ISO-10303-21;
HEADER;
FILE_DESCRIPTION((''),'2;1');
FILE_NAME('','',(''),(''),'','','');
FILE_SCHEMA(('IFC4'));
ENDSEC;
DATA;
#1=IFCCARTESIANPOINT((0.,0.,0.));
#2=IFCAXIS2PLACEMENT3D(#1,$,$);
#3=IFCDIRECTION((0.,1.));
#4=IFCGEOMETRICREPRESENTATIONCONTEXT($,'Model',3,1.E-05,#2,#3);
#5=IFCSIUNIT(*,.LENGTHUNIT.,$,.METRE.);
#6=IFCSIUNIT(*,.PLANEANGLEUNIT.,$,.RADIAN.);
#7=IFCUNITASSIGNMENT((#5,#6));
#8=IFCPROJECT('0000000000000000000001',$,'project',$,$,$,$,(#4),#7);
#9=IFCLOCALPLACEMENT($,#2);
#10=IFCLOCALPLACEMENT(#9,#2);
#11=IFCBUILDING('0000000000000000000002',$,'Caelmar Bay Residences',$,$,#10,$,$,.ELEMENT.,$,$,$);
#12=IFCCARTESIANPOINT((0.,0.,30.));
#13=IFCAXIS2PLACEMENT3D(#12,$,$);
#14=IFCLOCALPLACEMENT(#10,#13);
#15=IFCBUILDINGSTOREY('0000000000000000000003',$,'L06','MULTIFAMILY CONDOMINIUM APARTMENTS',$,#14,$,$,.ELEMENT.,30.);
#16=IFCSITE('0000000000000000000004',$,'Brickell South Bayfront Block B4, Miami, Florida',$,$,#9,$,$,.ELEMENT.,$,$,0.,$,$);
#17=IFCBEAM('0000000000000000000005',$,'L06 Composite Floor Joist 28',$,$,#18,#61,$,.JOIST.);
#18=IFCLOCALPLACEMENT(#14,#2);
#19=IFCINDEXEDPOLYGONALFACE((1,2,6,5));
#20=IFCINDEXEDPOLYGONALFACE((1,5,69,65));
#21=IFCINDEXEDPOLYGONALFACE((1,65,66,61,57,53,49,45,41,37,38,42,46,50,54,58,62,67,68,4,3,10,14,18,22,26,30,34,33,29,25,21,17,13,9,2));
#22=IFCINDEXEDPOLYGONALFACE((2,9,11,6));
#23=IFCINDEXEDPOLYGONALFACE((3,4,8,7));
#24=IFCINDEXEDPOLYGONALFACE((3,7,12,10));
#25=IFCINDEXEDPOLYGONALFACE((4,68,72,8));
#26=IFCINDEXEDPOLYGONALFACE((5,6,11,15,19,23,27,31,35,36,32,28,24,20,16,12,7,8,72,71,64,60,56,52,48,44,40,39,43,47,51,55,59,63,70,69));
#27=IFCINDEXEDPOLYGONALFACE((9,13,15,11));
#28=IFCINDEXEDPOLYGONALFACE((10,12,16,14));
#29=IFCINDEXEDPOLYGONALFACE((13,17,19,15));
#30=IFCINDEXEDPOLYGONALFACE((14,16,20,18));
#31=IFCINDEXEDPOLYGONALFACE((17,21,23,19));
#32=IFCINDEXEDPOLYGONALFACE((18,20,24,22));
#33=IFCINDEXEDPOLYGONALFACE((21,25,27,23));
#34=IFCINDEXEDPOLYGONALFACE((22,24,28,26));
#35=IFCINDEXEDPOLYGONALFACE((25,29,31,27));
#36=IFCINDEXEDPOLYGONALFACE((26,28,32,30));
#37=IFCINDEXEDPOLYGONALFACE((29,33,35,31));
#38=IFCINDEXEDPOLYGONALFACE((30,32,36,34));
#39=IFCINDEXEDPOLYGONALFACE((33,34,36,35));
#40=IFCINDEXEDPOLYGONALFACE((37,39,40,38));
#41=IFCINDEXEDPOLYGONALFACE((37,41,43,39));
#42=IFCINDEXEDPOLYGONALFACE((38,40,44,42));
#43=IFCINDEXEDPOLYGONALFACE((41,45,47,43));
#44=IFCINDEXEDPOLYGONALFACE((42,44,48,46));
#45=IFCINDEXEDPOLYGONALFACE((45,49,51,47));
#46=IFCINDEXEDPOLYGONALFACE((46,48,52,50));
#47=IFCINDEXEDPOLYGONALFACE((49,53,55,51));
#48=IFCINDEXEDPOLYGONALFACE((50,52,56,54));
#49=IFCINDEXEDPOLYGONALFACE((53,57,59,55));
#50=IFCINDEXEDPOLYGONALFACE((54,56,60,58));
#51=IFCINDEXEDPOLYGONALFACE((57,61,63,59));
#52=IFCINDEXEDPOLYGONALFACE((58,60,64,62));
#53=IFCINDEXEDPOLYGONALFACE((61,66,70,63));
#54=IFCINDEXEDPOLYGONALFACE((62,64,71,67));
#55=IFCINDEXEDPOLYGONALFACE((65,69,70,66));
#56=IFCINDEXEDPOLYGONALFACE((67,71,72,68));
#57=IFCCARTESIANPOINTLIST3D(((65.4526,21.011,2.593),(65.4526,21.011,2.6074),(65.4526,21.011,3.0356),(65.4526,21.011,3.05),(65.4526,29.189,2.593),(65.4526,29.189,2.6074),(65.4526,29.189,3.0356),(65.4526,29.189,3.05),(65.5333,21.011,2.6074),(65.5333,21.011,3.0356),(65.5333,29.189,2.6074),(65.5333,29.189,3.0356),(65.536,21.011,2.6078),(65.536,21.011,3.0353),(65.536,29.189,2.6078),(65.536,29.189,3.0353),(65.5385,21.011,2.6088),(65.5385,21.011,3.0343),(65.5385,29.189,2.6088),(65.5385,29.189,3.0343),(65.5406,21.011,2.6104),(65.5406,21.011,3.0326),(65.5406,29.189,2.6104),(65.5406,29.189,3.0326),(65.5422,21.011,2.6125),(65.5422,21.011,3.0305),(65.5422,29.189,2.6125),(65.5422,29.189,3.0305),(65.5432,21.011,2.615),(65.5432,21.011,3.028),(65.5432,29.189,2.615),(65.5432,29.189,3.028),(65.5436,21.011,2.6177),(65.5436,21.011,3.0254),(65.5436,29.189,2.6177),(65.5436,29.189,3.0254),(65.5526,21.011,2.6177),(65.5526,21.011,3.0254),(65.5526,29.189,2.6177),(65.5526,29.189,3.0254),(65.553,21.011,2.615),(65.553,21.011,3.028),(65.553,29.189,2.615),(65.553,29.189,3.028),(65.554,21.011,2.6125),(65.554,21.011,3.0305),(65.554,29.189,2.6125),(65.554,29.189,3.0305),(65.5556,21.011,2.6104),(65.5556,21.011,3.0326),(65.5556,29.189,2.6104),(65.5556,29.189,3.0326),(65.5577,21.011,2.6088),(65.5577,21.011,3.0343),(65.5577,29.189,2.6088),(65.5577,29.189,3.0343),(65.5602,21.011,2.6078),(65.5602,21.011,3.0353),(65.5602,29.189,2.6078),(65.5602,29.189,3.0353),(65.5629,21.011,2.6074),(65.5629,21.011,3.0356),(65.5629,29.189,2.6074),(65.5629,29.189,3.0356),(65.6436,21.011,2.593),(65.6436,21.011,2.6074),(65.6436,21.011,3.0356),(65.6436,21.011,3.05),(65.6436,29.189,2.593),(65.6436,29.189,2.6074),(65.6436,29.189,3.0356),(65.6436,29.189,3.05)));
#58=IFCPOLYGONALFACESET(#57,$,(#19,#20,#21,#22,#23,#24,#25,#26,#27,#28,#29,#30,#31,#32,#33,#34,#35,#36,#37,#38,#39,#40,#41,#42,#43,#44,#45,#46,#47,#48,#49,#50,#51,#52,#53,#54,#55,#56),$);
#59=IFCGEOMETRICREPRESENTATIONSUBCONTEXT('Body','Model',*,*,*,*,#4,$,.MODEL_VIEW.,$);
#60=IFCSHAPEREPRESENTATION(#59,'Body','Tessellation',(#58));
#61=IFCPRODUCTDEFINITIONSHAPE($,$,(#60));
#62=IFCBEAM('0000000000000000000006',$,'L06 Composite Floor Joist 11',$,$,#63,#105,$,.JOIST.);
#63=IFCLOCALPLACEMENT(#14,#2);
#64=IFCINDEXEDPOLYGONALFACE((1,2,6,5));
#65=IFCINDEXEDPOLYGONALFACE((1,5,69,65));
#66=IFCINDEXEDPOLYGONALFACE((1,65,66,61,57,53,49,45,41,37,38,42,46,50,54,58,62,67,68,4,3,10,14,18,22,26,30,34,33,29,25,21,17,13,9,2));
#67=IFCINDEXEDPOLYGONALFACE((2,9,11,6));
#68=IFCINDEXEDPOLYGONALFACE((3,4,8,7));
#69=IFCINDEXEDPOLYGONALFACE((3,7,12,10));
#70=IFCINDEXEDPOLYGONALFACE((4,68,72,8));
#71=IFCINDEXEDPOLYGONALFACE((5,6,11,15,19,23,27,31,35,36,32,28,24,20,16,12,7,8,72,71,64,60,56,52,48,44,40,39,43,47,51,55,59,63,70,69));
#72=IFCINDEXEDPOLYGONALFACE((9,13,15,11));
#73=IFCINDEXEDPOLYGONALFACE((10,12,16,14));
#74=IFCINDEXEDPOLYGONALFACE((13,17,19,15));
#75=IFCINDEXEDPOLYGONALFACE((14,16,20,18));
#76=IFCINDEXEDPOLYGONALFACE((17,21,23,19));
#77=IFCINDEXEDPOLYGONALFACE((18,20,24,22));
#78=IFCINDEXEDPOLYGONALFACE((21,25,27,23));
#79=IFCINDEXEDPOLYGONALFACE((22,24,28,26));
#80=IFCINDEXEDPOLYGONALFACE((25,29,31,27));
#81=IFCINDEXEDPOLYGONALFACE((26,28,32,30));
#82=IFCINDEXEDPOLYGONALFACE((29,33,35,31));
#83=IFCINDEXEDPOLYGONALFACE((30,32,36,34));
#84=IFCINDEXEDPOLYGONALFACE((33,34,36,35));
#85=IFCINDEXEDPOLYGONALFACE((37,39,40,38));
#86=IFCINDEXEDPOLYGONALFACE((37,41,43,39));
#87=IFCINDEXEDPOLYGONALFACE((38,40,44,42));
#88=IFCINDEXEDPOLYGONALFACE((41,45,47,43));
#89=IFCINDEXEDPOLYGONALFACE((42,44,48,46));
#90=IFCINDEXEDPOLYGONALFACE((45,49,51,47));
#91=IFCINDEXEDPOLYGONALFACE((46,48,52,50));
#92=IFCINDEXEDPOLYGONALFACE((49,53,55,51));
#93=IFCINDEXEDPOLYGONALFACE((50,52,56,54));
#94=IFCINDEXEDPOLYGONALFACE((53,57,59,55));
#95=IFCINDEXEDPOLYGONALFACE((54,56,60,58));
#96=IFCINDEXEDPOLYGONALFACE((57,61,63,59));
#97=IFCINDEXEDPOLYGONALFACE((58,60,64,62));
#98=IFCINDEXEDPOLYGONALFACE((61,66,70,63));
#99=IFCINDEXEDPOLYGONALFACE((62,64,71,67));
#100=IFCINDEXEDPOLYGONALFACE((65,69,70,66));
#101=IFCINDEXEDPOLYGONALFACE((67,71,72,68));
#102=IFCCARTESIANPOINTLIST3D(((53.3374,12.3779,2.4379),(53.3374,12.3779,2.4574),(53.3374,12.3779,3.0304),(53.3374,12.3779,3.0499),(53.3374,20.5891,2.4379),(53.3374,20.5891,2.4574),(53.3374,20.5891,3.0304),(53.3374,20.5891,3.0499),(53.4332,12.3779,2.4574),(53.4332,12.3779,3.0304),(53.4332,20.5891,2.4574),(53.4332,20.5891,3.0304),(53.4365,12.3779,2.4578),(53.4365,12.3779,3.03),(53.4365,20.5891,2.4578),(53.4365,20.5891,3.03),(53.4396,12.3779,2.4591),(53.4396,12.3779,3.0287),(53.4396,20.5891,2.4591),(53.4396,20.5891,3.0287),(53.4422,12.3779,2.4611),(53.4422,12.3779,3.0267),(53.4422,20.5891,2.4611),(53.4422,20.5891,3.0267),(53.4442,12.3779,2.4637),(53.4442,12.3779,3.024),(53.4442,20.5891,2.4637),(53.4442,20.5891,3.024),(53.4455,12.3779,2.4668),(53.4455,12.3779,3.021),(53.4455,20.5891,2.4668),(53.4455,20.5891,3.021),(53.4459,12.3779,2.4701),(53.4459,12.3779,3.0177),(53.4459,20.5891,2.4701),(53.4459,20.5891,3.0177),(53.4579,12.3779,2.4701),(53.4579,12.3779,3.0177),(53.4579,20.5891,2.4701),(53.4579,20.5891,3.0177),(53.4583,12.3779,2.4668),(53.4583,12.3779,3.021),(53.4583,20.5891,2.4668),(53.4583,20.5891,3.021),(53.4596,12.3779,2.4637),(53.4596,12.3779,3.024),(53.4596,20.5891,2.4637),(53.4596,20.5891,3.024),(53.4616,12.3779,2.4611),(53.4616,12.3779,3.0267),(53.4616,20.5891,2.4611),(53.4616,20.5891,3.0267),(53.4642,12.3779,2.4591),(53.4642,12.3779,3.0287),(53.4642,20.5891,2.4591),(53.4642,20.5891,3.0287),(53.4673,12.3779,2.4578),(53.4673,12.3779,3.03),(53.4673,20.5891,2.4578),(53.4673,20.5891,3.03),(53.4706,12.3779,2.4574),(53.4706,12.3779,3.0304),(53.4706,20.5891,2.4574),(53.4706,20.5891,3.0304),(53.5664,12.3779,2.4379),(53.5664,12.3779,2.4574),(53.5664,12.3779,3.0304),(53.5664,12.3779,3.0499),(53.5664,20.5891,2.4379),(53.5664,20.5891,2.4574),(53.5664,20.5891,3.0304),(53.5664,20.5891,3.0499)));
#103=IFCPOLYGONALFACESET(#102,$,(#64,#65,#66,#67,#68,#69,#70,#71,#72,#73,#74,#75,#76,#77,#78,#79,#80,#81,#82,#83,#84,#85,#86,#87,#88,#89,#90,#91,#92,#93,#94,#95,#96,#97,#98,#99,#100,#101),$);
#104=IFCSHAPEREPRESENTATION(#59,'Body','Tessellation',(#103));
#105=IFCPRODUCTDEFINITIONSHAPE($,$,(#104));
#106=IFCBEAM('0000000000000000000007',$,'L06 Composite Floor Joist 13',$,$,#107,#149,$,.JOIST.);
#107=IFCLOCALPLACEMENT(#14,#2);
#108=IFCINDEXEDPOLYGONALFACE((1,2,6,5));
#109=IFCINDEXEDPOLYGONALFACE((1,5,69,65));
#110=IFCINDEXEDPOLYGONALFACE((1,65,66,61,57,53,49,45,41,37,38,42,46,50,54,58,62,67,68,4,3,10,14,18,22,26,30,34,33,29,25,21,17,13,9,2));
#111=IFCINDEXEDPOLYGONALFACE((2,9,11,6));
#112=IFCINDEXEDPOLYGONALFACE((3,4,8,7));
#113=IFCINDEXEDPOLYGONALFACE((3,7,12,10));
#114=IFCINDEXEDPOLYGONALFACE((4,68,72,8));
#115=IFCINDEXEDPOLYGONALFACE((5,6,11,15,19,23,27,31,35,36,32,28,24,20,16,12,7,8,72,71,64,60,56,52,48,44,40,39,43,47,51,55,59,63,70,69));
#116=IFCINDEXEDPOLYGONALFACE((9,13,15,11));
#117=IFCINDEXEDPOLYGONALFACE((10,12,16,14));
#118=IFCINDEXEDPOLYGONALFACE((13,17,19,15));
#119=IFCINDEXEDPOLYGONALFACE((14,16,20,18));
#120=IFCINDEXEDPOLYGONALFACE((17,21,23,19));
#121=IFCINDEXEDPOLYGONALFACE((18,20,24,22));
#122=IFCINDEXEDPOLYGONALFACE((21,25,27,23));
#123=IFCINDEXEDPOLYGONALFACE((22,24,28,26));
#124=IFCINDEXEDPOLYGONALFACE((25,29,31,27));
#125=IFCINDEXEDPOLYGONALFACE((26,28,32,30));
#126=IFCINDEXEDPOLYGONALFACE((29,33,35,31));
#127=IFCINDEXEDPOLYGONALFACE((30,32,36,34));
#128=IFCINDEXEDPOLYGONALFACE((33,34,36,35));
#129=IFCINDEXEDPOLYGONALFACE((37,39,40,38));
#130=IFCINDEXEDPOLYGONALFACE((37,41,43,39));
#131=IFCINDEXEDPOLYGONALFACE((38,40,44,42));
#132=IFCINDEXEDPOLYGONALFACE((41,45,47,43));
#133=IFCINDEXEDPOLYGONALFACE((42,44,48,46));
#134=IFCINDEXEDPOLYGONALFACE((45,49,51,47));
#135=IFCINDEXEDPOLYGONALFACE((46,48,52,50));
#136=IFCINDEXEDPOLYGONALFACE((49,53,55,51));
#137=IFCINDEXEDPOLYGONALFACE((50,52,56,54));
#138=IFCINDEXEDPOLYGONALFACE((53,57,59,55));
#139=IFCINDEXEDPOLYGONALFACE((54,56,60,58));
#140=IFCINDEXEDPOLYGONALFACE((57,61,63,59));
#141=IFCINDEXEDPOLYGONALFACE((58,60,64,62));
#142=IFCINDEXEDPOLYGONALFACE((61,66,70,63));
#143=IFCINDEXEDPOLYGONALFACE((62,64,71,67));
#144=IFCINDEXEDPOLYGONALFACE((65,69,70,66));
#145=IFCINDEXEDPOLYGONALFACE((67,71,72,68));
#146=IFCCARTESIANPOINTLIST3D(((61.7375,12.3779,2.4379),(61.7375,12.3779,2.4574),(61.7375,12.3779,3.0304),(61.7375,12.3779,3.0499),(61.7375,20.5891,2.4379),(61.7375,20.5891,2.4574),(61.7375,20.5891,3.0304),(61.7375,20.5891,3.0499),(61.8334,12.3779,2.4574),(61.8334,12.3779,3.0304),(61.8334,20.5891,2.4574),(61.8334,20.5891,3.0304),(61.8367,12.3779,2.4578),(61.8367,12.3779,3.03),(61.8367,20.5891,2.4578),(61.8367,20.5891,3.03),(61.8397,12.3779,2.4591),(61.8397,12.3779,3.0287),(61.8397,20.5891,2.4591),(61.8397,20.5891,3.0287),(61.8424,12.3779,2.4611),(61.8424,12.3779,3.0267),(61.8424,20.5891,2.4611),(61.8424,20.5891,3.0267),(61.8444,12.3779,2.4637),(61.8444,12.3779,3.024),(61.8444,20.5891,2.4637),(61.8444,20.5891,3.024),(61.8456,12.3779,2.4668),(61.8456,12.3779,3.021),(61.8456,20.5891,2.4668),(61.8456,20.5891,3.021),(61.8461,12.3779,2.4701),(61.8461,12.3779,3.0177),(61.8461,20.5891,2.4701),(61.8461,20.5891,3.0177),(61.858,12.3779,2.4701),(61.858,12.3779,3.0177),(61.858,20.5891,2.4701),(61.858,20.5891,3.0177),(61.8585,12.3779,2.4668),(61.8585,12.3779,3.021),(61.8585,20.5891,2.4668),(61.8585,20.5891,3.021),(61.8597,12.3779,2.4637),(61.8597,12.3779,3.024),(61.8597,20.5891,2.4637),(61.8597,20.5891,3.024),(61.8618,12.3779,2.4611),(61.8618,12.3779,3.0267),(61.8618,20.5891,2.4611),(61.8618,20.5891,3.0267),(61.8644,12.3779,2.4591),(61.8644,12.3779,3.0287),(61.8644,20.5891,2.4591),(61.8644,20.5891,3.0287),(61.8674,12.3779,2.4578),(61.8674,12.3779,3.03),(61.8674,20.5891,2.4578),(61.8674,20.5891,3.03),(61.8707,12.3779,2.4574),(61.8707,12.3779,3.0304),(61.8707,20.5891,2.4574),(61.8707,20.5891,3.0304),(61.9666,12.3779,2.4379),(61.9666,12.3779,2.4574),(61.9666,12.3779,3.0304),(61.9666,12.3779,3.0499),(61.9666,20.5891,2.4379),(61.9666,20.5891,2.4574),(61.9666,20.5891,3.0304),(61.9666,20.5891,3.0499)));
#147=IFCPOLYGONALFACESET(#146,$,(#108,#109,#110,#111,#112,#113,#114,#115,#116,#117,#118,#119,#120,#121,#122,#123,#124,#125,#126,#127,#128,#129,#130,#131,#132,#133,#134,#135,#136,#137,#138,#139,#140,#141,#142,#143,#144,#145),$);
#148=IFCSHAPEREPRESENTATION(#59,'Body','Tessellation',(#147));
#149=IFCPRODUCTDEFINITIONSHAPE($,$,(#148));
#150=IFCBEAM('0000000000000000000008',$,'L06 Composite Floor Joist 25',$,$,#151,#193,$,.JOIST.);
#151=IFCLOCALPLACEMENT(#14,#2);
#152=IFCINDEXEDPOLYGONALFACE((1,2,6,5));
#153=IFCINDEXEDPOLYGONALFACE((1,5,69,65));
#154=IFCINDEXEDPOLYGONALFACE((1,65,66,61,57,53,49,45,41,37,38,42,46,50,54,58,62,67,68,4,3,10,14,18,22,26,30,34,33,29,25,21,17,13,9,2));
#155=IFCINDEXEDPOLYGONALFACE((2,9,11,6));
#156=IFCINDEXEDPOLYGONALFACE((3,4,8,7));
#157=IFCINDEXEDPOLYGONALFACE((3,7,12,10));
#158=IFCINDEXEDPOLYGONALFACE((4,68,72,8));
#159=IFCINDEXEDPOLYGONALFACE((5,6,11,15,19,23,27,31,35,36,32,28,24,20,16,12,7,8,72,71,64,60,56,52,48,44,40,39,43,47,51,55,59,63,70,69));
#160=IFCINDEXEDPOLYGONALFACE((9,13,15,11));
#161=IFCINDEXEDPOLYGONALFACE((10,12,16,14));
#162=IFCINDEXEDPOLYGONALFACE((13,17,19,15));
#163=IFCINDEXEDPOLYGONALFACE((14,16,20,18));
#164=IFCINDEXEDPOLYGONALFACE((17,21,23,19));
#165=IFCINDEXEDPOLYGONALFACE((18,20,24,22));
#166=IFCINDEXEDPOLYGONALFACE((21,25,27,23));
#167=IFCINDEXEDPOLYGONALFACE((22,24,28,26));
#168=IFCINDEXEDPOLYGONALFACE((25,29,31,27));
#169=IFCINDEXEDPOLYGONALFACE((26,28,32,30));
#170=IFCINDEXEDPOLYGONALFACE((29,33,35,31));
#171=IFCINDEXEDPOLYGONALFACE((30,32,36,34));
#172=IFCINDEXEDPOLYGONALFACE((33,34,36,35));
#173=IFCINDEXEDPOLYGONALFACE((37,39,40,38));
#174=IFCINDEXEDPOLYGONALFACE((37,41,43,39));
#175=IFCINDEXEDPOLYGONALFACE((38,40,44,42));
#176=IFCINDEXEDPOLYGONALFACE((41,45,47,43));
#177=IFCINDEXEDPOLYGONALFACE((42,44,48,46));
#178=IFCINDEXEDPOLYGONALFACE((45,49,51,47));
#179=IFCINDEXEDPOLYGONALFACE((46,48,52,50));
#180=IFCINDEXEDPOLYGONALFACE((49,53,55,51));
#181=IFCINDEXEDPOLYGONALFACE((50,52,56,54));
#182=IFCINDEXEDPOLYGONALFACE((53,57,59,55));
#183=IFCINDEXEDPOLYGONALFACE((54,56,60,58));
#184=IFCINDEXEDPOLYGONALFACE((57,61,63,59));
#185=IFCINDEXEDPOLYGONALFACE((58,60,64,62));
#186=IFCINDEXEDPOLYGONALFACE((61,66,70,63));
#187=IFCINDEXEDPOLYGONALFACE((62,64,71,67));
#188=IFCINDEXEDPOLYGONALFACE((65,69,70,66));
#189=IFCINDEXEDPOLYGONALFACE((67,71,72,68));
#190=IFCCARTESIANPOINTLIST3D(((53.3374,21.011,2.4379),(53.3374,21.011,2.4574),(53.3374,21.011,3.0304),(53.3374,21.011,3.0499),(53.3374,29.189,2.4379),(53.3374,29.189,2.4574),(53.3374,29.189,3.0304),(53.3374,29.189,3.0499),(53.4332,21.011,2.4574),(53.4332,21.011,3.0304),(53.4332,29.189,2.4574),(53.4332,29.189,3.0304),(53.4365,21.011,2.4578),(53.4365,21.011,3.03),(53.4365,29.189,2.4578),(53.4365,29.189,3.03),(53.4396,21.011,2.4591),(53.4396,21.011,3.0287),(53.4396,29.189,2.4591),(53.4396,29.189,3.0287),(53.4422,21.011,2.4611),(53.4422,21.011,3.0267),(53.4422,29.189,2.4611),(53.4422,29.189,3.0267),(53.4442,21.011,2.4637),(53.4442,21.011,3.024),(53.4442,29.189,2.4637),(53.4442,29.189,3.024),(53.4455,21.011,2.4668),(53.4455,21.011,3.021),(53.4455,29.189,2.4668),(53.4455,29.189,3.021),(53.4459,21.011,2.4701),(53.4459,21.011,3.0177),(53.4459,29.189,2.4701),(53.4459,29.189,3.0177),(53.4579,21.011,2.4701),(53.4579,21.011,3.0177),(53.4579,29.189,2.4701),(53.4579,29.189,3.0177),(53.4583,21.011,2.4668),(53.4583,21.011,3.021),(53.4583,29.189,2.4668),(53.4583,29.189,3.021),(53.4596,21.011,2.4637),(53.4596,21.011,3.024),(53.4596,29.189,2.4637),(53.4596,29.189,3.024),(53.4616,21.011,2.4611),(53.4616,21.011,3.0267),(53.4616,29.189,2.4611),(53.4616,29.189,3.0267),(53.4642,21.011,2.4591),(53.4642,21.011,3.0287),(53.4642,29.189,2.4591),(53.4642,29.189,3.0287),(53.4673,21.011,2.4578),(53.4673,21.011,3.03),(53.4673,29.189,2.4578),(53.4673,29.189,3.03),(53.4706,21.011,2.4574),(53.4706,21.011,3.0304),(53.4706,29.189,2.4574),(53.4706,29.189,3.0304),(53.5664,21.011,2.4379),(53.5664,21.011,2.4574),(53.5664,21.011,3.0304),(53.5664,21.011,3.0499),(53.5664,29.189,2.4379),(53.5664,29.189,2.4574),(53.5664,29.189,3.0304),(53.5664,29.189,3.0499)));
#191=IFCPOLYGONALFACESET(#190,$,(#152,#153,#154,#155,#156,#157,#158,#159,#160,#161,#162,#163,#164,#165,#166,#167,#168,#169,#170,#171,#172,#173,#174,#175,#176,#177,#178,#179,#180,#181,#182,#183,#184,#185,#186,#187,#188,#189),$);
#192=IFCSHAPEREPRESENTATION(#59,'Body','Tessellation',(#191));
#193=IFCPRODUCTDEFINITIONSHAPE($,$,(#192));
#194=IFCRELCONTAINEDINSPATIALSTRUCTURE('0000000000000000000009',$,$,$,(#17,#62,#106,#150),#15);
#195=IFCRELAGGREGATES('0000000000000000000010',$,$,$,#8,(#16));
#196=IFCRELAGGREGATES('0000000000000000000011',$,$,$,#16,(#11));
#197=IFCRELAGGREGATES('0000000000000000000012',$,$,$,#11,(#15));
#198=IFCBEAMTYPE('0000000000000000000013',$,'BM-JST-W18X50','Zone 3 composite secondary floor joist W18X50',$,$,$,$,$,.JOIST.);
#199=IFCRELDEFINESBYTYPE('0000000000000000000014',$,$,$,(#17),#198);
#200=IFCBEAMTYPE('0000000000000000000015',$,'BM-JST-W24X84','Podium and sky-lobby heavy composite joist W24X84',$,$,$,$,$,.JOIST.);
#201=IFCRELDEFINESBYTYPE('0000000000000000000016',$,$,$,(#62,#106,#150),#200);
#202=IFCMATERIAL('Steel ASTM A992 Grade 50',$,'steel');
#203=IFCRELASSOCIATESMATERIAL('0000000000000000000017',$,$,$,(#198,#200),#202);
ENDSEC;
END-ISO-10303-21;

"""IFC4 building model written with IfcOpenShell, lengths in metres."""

from ifc_helpers import new_model, si_unit, direction, frame, origin, origin_2d, place, context, subcontext, project, spatial, i_section, extrude, material, material_profile, profile_set, type_object, element, save


model = new_model("IFC4")

# Units and contexts
model_context = context("Model", 3, precision=1e-05, world=origin(), true_north=direction((0.0, 1.0)))
body_context = subcontext(model_context, "Body", "Model", "MODEL_VIEW")
ifc_project = project(units=[si_unit("LENGTHUNIT", "METRE"), si_unit("PLANEANGLEUNIT", "RADIAN")], contexts=[model_context])

# Site, building, storey
site_placement = place(None, origin())
site = spatial("IfcSite", under=ifc_project, at=site_placement, Name="Brickell South Bayfront Block B4, Miami, Florida", CompositionType="ELEMENT", RefElevation=0.0)
building_placement = place(site_placement, origin())
building = spatial("IfcBuilding", under=site, at=building_placement, Name="Caelmar Bay Residences", CompositionType="ELEMENT")
storey_placement = place(building_placement, frame((0.0, 0.0, 30.0)))
storey = spatial("IfcBuildingStorey", under=building, at=storey_placement, Name="L06", Description="MULTIFAMILY CONDOMINIUM APARTMENTS", CompositionType="ELEMENT", Elevation=30.0)

# Beams
ifc_material_1 = material(Name="Steel ASTM A992 Grade 50", Category="steel")
ifc_material_profile_1 = material_profile(ifc_material_1, i_section(OverallWidth=0.1909, OverallDepth=0.457, WebThickness=0.009, FlangeThickness=0.0144, FilletRadius=0.0103, at=origin_2d()), Name="W18X50")
ifc_profile_set_1 = profile_set([ifc_material_profile_1], Name="Steel ASTM A992 Grade 50")
beam_type_1 = type_object("IfcBeamType", Name="BM-JST-W18X50", Description="Zone 3 composite secondary floor joist W18X50", PredefinedType="JOIST", material=ifc_profile_set_1)
for number, where, z_axis, x_axis, name in (
    (1, (65.5481, 21.011, 2.8215), (0.0, 1.0, 0.0), (-1.0, 0.0, 0.0), "L06 Composite Floor Joist 28"),
):
    element("IfcBeam", number, at=place(storey_placement, frame(where, z_axis=z_axis, x_axis=x_axis)), inside=storey, type_object=beam_type_1, Name=name, PredefinedType="JOIST", context=body_context, shape_type="SweptSolid", body=[
        extrude(i_section(OverallWidth=0.1909, OverallDepth=0.457, WebThickness=0.009, FlangeThickness=0.0144, FilletRadius=0.0103, at=origin_2d()), origin(), (0.0, 0.0, 1.0), 8.178),
    ])
ifc_material_profile_2 = material_profile(ifc_material_1, i_section(OverallWidth=0.229, OverallDepth=0.6121, WebThickness=0.012, FlangeThickness=0.0195, FilletRadius=0.0127, at=origin_2d()), Name="W24X84")
ifc_profile_set_2 = profile_set([ifc_material_profile_2], Name="Steel ASTM A992 Grade 50")
beam_type_2 = type_object("IfcBeamType", Name="BM-JST-W24X84", Description="Podium and sky-lobby heavy composite joist W24X84", PredefinedType="JOIST", material=ifc_profile_set_2)
for number, where, z_axis, x_axis, name in (
    (2, (53.4519, 12.3779, 2.7439), (0.0, 1.0, 0.0), (-1.0, 0.0, 0.0), "L06 Composite Floor Joist 11"),
    (3, (61.8521, 12.3779, 2.7439), (0.0, 1.0, 0.0), (-1.0, 0.0, 0.0), "L06 Composite Floor Joist 13"),
):
    element("IfcBeam", number, at=place(storey_placement, frame(where, z_axis=z_axis, x_axis=x_axis)), inside=storey, type_object=beam_type_2, Name=name, PredefinedType="JOIST", context=body_context, shape_type="SweptSolid", body=[
        extrude(i_section(OverallWidth=0.229, OverallDepth=0.6121, WebThickness=0.012, FlangeThickness=0.0195, FilletRadius=0.0127, at=origin_2d()), origin(), (0.0, 0.0, 1.0), 8.2112),
    ])
for number, where, z_axis, x_axis, name in (
    (4, (53.4519, 21.011, 2.7439), (0.0, 1.0, 0.0), (-1.0, 0.0, 0.0), "L06 Composite Floor Joist 25"),
):
    element("IfcBeam", number, at=place(storey_placement, frame(where, z_axis=z_axis, x_axis=x_axis)), inside=storey, type_object=beam_type_2, Name=name, PredefinedType="JOIST", context=body_context, shape_type="SweptSolid", body=[
        extrude(i_section(OverallWidth=0.229, OverallDepth=0.6121, WebThickness=0.012, FlangeThickness=0.0195, FilletRadius=0.0127, at=origin_2d()), origin(), (0.0, 0.0, 1.0), 8.178),
    ])

save(model, "model.ifc")
